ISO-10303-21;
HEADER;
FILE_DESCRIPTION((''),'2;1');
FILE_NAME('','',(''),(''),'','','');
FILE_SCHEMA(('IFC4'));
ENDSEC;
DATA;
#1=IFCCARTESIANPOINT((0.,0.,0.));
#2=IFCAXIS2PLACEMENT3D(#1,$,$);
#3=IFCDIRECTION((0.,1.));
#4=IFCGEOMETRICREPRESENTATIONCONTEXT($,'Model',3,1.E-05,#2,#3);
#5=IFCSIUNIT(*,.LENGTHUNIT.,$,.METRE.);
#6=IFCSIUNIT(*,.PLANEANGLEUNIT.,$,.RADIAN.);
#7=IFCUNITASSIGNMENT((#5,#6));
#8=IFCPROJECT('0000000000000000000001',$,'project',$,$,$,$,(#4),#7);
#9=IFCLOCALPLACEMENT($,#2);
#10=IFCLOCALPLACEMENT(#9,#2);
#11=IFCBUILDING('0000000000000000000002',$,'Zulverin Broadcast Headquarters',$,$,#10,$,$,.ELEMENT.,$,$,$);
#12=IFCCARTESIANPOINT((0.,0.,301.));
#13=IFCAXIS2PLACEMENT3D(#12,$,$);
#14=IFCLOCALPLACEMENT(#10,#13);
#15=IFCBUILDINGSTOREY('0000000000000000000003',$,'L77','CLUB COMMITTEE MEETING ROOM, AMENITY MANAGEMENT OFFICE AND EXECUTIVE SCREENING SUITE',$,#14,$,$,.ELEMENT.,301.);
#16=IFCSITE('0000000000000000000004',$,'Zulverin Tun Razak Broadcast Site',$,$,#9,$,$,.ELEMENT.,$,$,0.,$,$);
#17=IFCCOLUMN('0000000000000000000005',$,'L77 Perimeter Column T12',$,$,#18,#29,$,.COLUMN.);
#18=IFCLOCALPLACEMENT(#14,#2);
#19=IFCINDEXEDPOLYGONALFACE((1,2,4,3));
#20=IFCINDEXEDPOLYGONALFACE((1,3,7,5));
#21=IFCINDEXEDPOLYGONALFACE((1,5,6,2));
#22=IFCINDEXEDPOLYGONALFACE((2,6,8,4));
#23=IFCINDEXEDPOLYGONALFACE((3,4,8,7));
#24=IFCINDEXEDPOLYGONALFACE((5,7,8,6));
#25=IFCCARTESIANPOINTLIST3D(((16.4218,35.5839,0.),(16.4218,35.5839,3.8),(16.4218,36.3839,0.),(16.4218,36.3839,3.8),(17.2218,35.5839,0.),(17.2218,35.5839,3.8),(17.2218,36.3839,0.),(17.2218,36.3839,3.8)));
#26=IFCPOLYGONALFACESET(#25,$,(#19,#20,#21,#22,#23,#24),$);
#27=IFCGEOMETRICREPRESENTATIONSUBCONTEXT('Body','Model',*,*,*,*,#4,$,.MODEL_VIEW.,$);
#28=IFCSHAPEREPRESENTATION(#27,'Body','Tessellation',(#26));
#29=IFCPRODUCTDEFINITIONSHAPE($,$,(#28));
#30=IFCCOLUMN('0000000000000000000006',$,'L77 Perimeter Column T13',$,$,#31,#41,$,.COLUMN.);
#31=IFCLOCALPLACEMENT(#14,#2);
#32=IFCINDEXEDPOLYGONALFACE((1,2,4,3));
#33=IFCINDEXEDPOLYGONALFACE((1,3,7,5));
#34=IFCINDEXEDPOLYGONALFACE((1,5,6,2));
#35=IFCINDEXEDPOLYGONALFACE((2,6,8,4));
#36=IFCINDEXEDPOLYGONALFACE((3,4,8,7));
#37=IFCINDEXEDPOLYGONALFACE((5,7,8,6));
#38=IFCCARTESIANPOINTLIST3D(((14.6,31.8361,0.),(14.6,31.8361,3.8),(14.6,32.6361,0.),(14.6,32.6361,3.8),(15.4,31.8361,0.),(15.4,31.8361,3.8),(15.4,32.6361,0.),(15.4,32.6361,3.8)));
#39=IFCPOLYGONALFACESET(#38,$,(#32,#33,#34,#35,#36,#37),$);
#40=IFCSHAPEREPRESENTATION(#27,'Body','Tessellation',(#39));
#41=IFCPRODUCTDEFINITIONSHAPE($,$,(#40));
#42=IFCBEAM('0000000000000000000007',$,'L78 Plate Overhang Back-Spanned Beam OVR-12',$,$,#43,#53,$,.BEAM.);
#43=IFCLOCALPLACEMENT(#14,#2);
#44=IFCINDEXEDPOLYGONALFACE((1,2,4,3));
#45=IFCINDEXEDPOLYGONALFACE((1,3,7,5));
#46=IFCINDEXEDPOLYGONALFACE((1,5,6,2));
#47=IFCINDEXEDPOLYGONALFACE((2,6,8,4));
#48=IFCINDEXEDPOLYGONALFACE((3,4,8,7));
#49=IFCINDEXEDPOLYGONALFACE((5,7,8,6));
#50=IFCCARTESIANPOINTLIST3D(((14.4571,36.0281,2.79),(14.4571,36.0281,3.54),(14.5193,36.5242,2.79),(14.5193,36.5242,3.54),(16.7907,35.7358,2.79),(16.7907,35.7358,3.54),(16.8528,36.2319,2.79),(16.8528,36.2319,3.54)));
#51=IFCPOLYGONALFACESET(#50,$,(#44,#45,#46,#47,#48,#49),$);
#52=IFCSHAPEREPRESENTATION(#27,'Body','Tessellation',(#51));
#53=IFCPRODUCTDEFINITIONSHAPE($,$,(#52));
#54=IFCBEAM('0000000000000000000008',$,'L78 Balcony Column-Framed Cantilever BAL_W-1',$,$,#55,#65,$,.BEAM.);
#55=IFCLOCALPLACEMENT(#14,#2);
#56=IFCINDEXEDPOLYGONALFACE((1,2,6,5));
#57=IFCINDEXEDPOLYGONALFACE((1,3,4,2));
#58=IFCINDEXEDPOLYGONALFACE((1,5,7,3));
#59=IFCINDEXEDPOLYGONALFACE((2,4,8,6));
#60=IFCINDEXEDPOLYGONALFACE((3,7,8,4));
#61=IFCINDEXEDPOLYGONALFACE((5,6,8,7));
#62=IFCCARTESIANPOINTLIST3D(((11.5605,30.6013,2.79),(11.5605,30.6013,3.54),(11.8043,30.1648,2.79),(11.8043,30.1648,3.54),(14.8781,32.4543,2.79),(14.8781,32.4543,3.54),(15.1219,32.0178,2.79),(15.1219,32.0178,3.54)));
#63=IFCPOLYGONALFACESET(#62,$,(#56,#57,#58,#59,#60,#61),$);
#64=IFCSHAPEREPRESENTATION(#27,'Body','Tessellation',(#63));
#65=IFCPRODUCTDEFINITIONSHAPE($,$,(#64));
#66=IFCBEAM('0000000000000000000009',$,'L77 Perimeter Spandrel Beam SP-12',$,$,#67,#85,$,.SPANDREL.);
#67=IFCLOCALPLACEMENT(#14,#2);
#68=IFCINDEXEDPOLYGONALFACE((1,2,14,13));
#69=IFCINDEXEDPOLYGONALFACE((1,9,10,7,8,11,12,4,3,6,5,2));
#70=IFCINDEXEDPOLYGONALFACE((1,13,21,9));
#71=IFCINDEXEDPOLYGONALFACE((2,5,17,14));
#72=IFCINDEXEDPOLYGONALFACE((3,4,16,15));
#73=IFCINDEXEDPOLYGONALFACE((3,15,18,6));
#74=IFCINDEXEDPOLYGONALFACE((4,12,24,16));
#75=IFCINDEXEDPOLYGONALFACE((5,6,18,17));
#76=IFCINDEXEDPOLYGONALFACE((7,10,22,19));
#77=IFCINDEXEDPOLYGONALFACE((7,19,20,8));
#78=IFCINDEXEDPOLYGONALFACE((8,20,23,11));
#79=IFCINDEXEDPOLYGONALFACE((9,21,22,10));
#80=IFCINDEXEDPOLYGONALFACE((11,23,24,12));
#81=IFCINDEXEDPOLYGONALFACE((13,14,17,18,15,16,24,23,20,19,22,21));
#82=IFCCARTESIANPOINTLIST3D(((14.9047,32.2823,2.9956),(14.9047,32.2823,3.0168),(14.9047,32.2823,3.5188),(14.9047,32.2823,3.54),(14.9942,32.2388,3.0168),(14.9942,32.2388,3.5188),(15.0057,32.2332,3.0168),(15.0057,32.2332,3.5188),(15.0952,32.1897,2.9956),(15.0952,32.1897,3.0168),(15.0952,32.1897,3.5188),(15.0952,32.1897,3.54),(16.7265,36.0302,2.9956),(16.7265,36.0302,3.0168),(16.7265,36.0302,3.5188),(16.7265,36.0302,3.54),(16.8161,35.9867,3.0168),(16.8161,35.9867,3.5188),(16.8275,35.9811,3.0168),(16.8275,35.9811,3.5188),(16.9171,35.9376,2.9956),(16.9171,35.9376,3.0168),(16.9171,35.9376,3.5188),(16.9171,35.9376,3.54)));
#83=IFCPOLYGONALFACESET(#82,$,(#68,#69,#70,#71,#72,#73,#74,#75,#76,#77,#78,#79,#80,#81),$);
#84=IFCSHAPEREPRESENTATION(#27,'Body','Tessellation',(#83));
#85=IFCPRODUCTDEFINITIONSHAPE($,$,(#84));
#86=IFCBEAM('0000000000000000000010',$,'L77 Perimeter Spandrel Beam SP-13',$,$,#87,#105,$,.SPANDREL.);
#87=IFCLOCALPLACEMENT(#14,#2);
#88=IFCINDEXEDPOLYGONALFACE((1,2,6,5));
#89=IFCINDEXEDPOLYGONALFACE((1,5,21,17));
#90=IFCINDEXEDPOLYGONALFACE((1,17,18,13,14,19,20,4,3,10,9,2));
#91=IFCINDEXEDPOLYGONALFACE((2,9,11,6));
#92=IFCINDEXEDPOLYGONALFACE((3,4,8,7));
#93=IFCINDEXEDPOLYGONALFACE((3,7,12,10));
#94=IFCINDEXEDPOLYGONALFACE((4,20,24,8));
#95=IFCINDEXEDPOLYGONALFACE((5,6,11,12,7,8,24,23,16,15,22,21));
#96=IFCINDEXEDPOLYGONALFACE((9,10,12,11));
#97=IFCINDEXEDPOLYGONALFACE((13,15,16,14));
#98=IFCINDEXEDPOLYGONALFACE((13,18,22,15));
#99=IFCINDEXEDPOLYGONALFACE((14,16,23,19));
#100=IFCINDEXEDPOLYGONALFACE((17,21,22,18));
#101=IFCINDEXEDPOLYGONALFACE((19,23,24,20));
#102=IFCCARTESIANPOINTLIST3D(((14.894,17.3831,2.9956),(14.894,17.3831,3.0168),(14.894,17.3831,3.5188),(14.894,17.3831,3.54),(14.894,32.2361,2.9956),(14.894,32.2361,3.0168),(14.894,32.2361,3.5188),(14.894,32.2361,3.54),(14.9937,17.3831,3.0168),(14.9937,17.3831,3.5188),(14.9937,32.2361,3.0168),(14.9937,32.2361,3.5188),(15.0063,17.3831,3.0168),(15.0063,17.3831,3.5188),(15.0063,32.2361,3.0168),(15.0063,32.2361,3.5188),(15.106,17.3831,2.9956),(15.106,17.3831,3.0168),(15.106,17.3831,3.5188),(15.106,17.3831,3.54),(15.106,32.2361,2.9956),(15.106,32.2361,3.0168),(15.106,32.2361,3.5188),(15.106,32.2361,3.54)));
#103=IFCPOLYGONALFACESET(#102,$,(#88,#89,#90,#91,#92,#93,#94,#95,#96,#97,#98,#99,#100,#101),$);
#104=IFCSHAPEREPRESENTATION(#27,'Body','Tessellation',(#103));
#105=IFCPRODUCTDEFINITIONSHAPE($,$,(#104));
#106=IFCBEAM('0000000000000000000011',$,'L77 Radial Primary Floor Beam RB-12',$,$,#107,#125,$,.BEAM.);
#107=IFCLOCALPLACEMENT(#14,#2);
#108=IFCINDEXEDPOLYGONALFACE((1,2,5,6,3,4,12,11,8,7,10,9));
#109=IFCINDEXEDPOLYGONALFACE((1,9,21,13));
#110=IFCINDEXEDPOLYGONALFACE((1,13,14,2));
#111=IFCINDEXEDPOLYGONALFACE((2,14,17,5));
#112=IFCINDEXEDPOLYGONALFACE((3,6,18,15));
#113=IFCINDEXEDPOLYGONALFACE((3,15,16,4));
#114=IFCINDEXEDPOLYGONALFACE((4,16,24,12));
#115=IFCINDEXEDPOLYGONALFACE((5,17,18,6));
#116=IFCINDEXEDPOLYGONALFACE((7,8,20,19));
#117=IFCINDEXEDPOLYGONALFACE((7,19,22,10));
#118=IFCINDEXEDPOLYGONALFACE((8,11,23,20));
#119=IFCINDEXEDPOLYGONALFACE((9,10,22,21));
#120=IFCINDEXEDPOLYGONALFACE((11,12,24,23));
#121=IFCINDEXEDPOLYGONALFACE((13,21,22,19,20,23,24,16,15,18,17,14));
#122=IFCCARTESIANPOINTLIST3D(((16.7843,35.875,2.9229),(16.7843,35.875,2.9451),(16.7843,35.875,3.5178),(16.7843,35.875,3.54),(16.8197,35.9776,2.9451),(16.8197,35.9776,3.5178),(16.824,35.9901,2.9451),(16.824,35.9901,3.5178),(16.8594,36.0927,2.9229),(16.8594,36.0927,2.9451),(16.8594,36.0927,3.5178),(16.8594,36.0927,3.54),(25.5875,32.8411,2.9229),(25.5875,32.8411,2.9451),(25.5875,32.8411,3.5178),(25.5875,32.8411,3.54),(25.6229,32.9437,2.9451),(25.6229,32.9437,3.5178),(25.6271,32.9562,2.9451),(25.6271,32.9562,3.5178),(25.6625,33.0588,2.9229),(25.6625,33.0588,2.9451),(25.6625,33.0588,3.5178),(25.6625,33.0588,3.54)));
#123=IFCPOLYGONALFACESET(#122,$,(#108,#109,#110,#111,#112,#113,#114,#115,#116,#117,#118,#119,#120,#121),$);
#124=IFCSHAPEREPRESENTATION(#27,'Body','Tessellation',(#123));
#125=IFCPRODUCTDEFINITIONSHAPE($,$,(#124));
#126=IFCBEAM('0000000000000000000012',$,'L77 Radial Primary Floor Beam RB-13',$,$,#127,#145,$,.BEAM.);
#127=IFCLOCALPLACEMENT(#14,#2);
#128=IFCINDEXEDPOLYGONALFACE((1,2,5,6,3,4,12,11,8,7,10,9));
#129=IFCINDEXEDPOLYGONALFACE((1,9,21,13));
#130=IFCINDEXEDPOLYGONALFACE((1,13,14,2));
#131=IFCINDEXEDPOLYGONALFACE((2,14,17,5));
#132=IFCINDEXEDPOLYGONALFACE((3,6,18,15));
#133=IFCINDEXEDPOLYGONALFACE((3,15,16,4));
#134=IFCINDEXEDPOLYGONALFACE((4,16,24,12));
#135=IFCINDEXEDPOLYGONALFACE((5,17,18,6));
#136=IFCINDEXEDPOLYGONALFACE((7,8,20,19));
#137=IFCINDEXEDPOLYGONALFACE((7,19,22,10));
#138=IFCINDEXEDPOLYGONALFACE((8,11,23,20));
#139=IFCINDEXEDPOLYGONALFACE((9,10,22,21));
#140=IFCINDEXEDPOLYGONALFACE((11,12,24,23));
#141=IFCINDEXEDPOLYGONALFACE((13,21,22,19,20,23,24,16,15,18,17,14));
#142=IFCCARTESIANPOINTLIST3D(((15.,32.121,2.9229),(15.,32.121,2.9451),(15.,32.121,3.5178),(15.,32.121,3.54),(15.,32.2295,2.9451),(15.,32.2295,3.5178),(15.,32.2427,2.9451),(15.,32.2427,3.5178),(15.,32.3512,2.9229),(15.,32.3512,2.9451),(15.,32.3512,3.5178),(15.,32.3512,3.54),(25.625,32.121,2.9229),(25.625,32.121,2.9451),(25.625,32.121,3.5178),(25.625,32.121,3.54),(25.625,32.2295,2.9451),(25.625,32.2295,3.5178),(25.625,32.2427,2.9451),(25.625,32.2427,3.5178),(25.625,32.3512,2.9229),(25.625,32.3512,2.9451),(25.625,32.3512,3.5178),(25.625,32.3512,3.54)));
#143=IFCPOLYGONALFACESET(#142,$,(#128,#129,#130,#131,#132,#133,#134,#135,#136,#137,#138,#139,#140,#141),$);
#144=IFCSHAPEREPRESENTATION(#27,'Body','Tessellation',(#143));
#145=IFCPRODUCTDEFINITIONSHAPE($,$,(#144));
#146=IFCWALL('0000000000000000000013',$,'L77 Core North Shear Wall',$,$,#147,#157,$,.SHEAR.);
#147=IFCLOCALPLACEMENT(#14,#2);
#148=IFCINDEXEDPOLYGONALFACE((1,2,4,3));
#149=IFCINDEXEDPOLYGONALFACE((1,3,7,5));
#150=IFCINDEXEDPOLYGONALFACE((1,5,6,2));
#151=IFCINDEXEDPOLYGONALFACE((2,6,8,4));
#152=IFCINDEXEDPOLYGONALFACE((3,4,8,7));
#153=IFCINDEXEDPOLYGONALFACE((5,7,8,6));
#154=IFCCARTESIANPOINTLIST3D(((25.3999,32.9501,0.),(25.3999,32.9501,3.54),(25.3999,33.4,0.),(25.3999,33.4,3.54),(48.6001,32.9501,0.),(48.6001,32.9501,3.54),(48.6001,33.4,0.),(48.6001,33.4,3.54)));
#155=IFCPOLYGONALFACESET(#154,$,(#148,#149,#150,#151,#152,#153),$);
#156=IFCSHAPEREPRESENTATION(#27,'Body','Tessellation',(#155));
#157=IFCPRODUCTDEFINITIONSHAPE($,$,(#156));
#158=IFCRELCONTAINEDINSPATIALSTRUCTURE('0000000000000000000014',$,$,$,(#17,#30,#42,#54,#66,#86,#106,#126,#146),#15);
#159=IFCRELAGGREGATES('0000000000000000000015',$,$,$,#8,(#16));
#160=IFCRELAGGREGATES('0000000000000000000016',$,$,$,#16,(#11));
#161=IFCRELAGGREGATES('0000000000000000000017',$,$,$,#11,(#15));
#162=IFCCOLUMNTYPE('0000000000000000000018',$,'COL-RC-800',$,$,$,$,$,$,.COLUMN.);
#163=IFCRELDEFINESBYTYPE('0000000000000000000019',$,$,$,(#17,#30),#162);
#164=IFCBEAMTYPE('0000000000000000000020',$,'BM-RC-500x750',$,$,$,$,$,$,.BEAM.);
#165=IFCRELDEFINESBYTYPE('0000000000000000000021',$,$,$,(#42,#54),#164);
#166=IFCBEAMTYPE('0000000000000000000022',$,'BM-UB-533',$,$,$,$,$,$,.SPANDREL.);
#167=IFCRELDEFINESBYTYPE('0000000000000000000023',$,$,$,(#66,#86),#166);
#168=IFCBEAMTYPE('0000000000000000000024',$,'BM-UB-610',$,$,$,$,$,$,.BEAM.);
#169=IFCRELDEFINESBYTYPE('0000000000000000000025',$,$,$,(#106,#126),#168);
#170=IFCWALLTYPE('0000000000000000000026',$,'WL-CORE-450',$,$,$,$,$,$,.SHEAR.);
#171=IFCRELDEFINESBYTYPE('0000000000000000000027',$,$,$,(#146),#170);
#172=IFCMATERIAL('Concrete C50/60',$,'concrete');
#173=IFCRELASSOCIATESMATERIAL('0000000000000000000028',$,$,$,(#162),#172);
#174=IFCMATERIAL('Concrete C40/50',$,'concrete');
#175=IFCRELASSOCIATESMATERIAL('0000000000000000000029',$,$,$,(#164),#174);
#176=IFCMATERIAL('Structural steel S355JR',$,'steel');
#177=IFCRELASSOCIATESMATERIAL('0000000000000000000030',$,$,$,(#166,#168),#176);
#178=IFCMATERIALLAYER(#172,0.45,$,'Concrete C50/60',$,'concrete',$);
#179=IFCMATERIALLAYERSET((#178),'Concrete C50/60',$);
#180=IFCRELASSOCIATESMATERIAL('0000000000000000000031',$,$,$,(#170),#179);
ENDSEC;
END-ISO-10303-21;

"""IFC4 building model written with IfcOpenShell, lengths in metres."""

from ifc_helpers import new_model, si_unit, direction, frame, frame_2d, origin, origin_2d, place, context, subcontext, project, spatial, rectangle, i_section, extrude, material, layer, layer_set, material_profile, profile_set, type_object, element, save


model = new_model("IFC4")

# Units and contexts
model_context = context("Model", 3, precision=1e-05, world=origin(), true_north=direction((0.0, 1.0)))
body_context = subcontext(model_context, "Body", "Model", "MODEL_VIEW")
ifc_project = project(units=[si_unit("LENGTHUNIT", "METRE"), si_unit("PLANEANGLEUNIT", "RADIAN")], contexts=[model_context])

# Site, building, storey
site_placement = place(None, origin())
site = spatial("IfcSite", under=ifc_project, at=site_placement, Name="Zulverin Tun Razak Broadcast Site", CompositionType="ELEMENT", RefElevation=0.0)
building_placement = place(site_placement, origin())
building = spatial("IfcBuilding", under=site, at=building_placement, Name="Zulverin Broadcast Headquarters", CompositionType="ELEMENT")
storey_placement = place(building_placement, frame((0.0, 0.0, 301.0)))
storey = spatial("IfcBuildingStorey", under=building, at=storey_placement, Name="L77", Description="CLUB COMMITTEE MEETING ROOM, AMENITY MANAGEMENT OFFICE AND EXECUTIVE SCREENING SUITE", CompositionType="ELEMENT", Elevation=301.0)

# Columns
ifc_material_1 = material(Name="Concrete C50/60", Category="concrete")
ifc_material_profile_1 = material_profile(ifc_material_1, rectangle(XDim=0.8, YDim=0.8, at=origin_2d()), Name="Concrete C50/60", Category="concrete")
ifc_profile_set_1 = profile_set([ifc_material_profile_1], Name="Concrete C50/60")
column_type = type_object("IfcColumnType", Name="COL-RC-800", PredefinedType="COLUMN", material=ifc_profile_set_1)
for number, where, z_axis, x_axis, name in (
    (1, (16.8218, 35.9839, 0.0), (0.0, 0.0, 1.0), (1.0, 0.0, 0.0), "L77 Perimeter Column T12"),
    (2, (15.0, 32.2361, 0.0), (0.0, 0.0, 1.0), (1.0, 0.0, 0.0), "L77 Perimeter Column T13"),
):
    element("IfcColumn", number, at=place(storey_placement, frame(where, z_axis=z_axis, x_axis=x_axis)), inside=storey, type_object=column_type, Name=name, PredefinedType="COLUMN", context=body_context, shape_type="SweptSolid", body=[
        extrude(rectangle(XDim=0.8, YDim=0.8, at=origin_2d()), origin(), (0.0, 0.0, 1.0), 3.8),
    ])

# Beams
ifc_material_2 = material(Name="Concrete C40/50", Category="concrete")
ifc_material_profile_2 = material_profile(ifc_material_2, rectangle(XDim=0.5, YDim=0.75, at=origin_2d()), Name="Concrete C40/50", Category="concrete")
ifc_profile_set_2 = profile_set([ifc_material_profile_2], Name="Concrete C40/50")
beam_type_1 = type_object("IfcBeamType", Name="BM-RC-500x750", PredefinedType="BEAM", material=ifc_profile_set_2)
beam_1_placement = place(storey_placement, frame((16.8218, 35.9839, 3.165), z_axis=(-0.992249, 0.124265, 0.0), x_axis=(-0.124265, -0.992249, 0.0)))
element("IfcBeam", 3, at=beam_1_placement, inside=storey, type_object=beam_type_1, Name="L78 Plate Overhang Back-Spanned Beam OVR-12", PredefinedType="BEAM", context=body_context, shape_type="SweptSolid", body=[
    extrude(rectangle(XDim=0.5, YDim=0.75, at=origin_2d()), origin(), (0.0, 0.0, 1.0), 2.3518),
])
beam_2_placement = place(storey_placement, frame((15.0, 32.2361, 3.165), z_axis=(-0.873049, -0.487633, 0.0), x_axis=(0.487633, -0.873049, 0.0)))
element("IfcBeam", 4, at=beam_2_placement, inside=storey, type_object=beam_type_1, Name="L78 Balcony Column-Framed Cantilever BAL_W-1", PredefinedType="BEAM", context=body_context, shape_type="SweptSolid", body=[
    extrude(rectangle(XDim=0.5, YDim=0.75, at=origin_2d()), origin(), (0.0, 0.0, 1.0), 3.8),
])
ifc_material_3 = material(Name="Structural steel S355JR", Category="steel")
ifc_material_profile_3 = material_profile(ifc_material_3, i_section(OverallWidth=0.2119, OverallDepth=0.5444, WebThickness=0.0127, FlangeThickness=0.0212, at=origin_2d()), Name="Structural steel S355JR", Category="steel")
ifc_profile_set_3 = profile_set([ifc_material_profile_3], Name="Structural steel S355JR")
beam_type_2 = type_object("IfcBeamType", Name="BM-UB-533", PredefinedType="SPANDREL", material=ifc_profile_set_3)
beam_3_placement = place(storey_placement, frame((16.8218, 35.9839, 3.2678), z_axis=(-0.437179, -0.899375, 0.0), x_axis=(0.899375, -0.437179, 0.0)))
element("IfcBeam", 5, at=beam_3_placement, inside=storey, type_object=beam_type_2, Name="L77 Perimeter Spandrel Beam SP-12", PredefinedType="SPANDREL", context=body_context, shape_type="SweptSolid", body=[
    extrude(i_section(OverallWidth=0.2119, OverallDepth=0.5444, WebThickness=0.0127, FlangeThickness=0.0212, at=origin_2d()), origin(), (0.0, 0.0, 1.0), 4.1672),
])
beam_4_placement = place(storey_placement, frame((15.0, 32.2361, 3.2678), z_axis=(0.0, -1.0, 0.0), x_axis=(1.0, 0.0, 0.0)))
element("IfcBeam", 6, at=beam_4_placement, inside=storey, type_object=beam_type_2, Name="L77 Perimeter Spandrel Beam SP-13", PredefinedType="SPANDREL", context=body_context, shape_type="SweptSolid", body=[
    extrude(i_section(OverallWidth=0.2119, OverallDepth=0.5444, WebThickness=0.0127, FlangeThickness=0.0212, at=origin_2d()), origin(), (0.0, 0.0, 1.0), 14.853),
])
ifc_material_profile_4 = material_profile(ifc_material_3, i_section(OverallWidth=0.2302, OverallDepth=0.6172, WebThickness=0.0132, FlangeThickness=0.0222, at=origin_2d()), Name="Structural steel S355JR", Category="steel")
ifc_profile_set_4 = profile_set([ifc_material_profile_4], Name="Structural steel S355JR")
beam_type_3 = type_object("IfcBeamType", Name="BM-UB-610", PredefinedType="BEAM", material=ifc_profile_set_4)
beam_5_placement = place(storey_placement, frame((25.625, 32.95, 3.2314), z_axis=(-0.945428, 0.325831, 0.0), x_axis=(-0.325831, -0.945428, 0.0)))
element("IfcBeam", 7, at=beam_5_placement, inside=storey, type_object=beam_type_3, Name="L77 Radial Primary Floor Beam RB-12", PredefinedType="BEAM", context=body_context, shape_type="SweptSolid", body=[
    extrude(i_section(OverallWidth=0.2302, OverallDepth=0.6172, WebThickness=0.0132, FlangeThickness=0.0222, at=origin_2d()), origin(), (0.0, 0.0, 1.0), 9.3113),
])
beam_6_placement = place(storey_placement, frame((25.625, 32.2361, 3.2314), z_axis=(-1.0, 0.0, 0.0), x_axis=(0.0, -1.0, 0.0)))
element("IfcBeam", 8, at=beam_6_placement, inside=storey, type_object=beam_type_3, Name="L77 Radial Primary Floor Beam RB-13", PredefinedType="BEAM", context=body_context, shape_type="SweptSolid", body=[
    extrude(i_section(OverallWidth=0.2302, OverallDepth=0.6172, WebThickness=0.0132, FlangeThickness=0.0222, at=origin_2d()), origin(), (0.0, 0.0, 1.0), 10.625),
])

# Wall
ifc_layer_1 = layer(ifc_material_1, 0.45, Name="Concrete C50/60", Category="concrete")
ifc_layer_set_1 = layer_set([ifc_layer_1], Name="Concrete C50/60")
wall_type_1 = type_object("IfcWallType", Name="WL-CORE-450", PredefinedType="SHEAR", material=ifc_layer_set_1)
wall_1_placement = place(storey_placement, frame((25.3999, 33.175, 0.0), z_axis=(0.0, 0.0, 1.0), x_axis=(1.0, 0.0, 0.0)))
element("IfcWall", 9, at=wall_1_placement, inside=storey, type_object=wall_type_1, Name="L77 Core North Shear Wall", PredefinedType="SHEAR", context=body_context, shape_type="SweptSolid", body=[
    extrude(rectangle(XDim=23.2002, YDim=0.45, at=frame_2d((11.6001, 0.0))), origin(), (0.0, 0.0, 1.0), 3.54),
])

save(model, "model.ifc")
